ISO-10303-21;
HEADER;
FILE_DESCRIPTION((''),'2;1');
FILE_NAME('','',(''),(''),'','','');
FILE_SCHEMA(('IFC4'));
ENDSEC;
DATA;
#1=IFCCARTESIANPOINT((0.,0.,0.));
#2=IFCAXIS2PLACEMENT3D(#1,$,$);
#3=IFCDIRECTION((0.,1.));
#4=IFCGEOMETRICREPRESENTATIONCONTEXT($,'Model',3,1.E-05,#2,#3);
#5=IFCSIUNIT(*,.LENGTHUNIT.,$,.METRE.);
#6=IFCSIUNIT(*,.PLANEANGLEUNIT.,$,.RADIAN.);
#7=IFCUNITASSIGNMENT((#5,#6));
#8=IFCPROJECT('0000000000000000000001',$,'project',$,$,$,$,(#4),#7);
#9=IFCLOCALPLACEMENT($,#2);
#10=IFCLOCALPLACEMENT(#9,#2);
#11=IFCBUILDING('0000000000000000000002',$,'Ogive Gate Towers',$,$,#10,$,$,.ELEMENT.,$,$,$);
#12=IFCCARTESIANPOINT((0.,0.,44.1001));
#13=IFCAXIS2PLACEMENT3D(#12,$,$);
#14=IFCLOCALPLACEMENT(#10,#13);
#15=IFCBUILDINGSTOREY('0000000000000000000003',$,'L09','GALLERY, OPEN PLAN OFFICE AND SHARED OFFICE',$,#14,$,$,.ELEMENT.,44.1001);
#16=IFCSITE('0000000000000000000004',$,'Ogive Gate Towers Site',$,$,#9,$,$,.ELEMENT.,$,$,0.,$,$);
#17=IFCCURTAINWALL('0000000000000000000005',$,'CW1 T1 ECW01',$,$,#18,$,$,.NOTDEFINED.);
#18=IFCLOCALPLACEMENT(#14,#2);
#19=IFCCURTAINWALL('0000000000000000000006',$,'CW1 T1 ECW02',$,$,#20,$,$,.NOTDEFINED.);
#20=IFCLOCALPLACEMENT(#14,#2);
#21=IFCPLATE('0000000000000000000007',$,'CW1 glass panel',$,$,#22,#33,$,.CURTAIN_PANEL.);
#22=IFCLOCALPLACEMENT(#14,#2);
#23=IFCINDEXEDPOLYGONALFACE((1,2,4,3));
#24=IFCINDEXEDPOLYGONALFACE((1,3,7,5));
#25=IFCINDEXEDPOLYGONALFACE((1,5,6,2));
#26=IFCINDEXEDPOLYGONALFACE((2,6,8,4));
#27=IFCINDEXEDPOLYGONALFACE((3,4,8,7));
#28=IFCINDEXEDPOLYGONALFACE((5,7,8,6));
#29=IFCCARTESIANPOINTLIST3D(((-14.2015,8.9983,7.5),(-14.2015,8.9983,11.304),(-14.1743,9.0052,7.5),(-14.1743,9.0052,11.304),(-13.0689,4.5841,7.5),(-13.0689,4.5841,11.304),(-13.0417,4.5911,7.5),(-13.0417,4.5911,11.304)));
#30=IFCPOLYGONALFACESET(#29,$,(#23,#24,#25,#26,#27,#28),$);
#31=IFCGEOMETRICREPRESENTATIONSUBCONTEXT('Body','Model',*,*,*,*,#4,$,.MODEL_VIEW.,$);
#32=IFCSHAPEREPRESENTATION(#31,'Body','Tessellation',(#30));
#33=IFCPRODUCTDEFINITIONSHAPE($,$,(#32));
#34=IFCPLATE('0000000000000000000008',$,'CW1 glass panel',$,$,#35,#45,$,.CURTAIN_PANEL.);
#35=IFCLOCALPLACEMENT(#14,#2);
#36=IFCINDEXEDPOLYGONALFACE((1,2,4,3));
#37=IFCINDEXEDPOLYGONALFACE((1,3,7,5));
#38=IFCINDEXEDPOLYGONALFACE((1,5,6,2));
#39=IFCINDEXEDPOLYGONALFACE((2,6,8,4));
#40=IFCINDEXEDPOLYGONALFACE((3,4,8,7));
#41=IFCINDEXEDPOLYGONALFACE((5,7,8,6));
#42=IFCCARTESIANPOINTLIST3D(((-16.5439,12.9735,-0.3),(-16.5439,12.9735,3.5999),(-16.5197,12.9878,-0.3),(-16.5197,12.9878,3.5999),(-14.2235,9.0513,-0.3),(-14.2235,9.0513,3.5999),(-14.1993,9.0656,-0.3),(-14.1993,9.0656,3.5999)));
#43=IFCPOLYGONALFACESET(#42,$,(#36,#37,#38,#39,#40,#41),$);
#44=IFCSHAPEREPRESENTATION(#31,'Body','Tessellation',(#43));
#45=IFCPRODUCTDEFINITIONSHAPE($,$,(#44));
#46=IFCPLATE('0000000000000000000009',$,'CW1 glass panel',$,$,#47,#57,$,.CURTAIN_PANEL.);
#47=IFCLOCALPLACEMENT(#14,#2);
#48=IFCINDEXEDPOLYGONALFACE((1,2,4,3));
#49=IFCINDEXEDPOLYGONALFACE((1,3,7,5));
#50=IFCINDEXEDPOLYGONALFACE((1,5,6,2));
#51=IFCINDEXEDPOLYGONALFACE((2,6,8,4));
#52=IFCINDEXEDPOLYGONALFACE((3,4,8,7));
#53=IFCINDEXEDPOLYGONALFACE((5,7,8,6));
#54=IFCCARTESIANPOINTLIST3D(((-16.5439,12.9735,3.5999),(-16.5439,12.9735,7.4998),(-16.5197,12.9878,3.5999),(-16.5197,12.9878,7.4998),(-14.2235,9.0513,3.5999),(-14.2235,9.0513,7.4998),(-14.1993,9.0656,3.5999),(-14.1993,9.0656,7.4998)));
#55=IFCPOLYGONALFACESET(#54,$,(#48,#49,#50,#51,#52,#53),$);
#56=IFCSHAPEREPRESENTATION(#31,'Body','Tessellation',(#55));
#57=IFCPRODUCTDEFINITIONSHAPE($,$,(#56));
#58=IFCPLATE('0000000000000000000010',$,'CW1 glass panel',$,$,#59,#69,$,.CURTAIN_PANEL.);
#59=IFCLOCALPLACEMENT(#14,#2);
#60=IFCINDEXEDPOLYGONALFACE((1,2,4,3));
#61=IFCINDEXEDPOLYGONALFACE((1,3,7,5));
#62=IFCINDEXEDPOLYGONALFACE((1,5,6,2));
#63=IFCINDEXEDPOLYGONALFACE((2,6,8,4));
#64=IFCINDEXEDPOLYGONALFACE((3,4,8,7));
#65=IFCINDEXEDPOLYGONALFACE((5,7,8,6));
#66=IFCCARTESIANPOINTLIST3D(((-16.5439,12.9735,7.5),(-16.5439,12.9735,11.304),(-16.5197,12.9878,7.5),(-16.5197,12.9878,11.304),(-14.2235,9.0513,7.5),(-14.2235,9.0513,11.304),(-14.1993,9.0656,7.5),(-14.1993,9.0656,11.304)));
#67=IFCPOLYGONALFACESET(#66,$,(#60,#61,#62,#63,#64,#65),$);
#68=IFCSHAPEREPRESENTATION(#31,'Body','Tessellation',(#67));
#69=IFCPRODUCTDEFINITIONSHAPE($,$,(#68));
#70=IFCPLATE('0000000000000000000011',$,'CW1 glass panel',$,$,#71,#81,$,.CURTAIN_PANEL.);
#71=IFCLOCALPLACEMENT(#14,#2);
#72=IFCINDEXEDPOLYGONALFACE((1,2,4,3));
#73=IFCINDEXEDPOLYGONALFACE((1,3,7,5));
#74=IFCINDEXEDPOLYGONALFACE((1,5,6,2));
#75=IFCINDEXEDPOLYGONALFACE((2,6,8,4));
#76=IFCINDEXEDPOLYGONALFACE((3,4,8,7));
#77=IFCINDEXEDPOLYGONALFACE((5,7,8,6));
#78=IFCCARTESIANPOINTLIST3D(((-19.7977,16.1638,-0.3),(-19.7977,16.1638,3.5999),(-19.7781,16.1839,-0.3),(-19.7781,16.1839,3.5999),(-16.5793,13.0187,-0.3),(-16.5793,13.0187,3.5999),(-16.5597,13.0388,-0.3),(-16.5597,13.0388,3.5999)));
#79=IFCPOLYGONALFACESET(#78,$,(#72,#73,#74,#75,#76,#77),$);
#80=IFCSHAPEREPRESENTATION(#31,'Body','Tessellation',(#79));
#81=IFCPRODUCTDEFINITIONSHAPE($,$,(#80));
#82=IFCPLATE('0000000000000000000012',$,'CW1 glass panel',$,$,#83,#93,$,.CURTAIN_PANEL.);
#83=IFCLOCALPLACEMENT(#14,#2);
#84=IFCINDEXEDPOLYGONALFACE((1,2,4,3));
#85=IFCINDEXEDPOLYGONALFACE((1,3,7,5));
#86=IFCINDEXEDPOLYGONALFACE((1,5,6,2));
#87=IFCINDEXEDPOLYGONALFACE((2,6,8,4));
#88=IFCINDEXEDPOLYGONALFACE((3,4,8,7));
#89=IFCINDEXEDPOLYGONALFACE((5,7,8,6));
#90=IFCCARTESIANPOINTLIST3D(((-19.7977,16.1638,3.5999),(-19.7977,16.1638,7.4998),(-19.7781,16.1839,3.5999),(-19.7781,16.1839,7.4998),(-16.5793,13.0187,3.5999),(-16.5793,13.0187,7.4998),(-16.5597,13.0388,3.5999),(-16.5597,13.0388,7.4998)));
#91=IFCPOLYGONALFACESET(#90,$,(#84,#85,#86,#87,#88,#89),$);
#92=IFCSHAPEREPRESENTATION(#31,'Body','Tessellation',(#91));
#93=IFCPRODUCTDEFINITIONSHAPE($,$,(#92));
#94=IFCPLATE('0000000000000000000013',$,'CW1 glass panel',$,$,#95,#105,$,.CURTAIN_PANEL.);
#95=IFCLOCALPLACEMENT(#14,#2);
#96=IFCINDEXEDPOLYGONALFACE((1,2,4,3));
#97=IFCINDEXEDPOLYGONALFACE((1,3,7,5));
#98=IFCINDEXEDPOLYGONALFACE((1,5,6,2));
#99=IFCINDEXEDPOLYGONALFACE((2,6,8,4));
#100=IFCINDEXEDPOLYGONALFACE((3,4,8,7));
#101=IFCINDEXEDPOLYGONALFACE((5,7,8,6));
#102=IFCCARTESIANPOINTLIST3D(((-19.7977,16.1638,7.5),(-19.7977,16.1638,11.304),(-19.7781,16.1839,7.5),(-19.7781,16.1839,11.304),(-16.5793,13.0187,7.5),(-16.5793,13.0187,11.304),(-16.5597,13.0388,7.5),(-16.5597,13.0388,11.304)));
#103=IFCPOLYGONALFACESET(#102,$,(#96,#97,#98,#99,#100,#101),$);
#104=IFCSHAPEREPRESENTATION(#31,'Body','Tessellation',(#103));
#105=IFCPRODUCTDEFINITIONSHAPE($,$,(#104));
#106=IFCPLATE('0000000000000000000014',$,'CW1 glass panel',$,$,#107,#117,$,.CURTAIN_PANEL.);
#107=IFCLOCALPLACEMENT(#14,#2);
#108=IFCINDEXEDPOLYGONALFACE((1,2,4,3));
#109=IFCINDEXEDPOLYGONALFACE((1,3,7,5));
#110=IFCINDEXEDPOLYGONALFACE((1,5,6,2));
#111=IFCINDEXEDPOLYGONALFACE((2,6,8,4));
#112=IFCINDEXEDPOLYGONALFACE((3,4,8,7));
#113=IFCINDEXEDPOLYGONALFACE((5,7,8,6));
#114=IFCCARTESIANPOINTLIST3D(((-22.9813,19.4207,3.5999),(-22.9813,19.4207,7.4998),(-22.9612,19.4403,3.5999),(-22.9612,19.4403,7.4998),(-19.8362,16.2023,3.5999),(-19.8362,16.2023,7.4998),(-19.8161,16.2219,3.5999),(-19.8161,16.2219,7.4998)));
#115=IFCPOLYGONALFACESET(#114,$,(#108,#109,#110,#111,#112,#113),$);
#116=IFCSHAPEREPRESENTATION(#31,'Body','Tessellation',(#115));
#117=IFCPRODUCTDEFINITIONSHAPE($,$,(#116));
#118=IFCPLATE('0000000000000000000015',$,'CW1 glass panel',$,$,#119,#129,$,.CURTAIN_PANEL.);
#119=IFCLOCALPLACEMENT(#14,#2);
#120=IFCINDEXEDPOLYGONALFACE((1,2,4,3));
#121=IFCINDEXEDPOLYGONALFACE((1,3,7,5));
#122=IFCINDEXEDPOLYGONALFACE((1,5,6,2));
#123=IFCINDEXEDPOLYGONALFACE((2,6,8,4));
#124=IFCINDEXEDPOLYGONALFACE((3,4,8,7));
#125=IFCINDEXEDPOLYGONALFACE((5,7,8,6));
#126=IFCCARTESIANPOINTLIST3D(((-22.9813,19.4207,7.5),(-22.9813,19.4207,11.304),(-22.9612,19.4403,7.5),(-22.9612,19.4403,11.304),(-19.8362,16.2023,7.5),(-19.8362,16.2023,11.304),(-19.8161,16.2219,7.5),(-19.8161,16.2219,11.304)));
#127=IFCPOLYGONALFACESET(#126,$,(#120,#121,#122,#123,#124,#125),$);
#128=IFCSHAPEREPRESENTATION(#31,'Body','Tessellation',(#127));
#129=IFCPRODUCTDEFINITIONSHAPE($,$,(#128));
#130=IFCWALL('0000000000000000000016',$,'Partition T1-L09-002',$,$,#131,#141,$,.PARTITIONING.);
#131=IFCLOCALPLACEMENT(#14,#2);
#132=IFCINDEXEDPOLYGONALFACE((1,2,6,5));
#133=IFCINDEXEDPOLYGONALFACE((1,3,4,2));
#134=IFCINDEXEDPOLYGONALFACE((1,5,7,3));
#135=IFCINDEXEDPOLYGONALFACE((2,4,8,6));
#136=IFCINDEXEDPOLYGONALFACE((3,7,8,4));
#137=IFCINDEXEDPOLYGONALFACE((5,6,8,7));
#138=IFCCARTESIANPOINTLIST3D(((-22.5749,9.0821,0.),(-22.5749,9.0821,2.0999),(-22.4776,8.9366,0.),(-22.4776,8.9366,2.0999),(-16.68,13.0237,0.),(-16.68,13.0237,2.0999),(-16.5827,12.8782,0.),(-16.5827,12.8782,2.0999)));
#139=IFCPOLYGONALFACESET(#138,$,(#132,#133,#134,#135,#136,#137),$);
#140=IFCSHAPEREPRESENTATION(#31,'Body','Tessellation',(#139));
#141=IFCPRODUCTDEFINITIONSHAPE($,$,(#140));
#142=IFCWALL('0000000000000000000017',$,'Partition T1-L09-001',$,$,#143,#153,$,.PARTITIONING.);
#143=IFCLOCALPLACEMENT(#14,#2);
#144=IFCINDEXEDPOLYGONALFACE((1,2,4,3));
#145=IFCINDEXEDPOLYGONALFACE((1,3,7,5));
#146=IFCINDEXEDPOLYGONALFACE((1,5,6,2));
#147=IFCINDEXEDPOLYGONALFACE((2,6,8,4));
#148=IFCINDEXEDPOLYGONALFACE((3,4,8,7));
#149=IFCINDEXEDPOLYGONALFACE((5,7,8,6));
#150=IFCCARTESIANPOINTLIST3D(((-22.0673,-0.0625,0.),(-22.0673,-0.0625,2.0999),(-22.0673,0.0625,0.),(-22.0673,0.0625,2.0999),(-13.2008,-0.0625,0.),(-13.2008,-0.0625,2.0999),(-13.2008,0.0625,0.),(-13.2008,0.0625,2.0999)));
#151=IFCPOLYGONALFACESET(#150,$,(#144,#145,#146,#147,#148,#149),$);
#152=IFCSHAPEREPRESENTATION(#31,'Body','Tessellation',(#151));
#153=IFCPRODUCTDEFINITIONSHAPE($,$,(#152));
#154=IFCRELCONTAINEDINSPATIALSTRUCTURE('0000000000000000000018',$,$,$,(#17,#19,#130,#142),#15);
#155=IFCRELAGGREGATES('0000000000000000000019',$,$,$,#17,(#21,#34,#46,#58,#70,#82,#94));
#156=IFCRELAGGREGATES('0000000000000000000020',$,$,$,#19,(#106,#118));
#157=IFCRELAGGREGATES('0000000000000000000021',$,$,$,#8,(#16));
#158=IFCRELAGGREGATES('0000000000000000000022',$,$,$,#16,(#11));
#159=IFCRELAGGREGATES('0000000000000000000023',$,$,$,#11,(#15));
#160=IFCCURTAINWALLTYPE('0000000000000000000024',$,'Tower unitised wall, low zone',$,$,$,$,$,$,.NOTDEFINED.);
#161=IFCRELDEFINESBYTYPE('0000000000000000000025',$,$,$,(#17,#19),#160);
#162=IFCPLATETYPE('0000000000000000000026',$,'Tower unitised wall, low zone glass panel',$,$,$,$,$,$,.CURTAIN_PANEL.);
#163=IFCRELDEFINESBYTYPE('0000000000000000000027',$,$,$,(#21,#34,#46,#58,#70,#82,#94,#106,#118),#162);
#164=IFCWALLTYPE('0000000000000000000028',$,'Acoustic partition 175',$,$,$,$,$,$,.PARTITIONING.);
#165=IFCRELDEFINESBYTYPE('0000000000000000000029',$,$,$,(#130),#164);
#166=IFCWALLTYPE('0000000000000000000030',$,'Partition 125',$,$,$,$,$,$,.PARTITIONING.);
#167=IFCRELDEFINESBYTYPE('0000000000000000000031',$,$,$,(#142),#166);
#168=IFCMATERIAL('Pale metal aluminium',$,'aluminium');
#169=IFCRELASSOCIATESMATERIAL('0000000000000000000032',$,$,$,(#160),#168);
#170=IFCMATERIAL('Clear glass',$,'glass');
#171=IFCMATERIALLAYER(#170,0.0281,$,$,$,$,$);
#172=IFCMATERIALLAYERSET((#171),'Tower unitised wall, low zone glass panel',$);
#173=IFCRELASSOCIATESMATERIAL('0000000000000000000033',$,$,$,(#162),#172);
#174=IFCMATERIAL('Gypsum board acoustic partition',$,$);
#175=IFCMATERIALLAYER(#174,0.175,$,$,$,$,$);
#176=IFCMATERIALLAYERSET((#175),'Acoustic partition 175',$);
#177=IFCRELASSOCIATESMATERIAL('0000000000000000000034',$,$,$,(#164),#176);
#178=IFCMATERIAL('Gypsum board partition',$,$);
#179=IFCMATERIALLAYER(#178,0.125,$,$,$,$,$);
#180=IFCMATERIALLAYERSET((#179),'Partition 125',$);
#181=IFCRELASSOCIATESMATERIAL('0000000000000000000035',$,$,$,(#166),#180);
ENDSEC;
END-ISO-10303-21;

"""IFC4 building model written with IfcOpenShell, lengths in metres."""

from ifc_helpers import new_model, si_unit, direction, frame, frame_2d, origin, origin_2d, place, context, subcontext, project, spatial, rectangle, extrude, material, layer, layer_set, type_object, element, aggregate, save


model = new_model("IFC4")

# Units and contexts
model_context = context("Model", 3, precision=1e-05, world=origin(), true_north=direction((0.0, 1.0)))
body_context = subcontext(model_context, "Body", "Model", "MODEL_VIEW")
ifc_project = project(units=[si_unit("LENGTHUNIT", "METRE"), si_unit("PLANEANGLEUNIT", "RADIAN")], contexts=[model_context])

# Site, building, storey
site_placement = place(None, origin())
site = spatial("IfcSite", under=ifc_project, at=site_placement, Name="Ogive Gate Towers Site", CompositionType="ELEMENT", RefElevation=0.0)
building_placement = place(site_placement, origin())
building = spatial("IfcBuilding", under=site, at=building_placement, Name="Ogive Gate Towers", CompositionType="ELEMENT")
storey_placement = place(building_placement, frame((0.0, 0.0, 44.1001)))
storey = spatial("IfcBuildingStorey", under=building, at=storey_placement, Name="L09", Description="GALLERY, OPEN PLAN OFFICE AND SHARED OFFICE", CompositionType="ELEMENT", Elevation=44.1001)

# Curtain wall
ifc_material_1 = material(Name="Pale metal aluminium", Category="aluminium")
curtain_wall_type = type_object("IfcCurtainWallType", Name="Tower unitised wall, low zone", PredefinedType="NOTDEFINED", material=ifc_material_1)
curtain_wall_1_placement = place(storey_placement, origin())
curtain_wall_1 = element("IfcCurtainWall", 1, at=curtain_wall_1_placement, inside=storey, type_object=curtain_wall_type, Name="CW1 T1 ECW01", PredefinedType="NOTDEFINED")

# Curtain wall
curtain_wall_2_placement = place(storey_placement, origin())
curtain_wall_2 = element("IfcCurtainWall", 2, at=curtain_wall_2_placement, inside=storey, type_object=curtain_wall_type, Name="CW1 T1 ECW02", PredefinedType="NOTDEFINED")

# Plates
ifc_material_2 = material(Name="Clear glass", Category="glass")
ifc_layer_1 = layer(ifc_material_2, 0.0281)
ifc_layer_set_1 = layer_set([ifc_layer_1], Name="Tower unitised wall, low zone glass panel")
plate_type = type_object("IfcPlateType", Name="Tower unitised wall, low zone glass panel", PredefinedType="CURTAIN_PANEL", material=ifc_layer_set_1)
plate_1_placement = place(storey_placement, frame((-13.6216, 6.7947, 7.5), z_axis=(0.0, 0.0, 1.0), x_axis=(-0.248521, 0.968627, 0.0)))
plate_1 = element("IfcPlate", 3, at=plate_1_placement, type_object=plate_type, Name="CW1 glass panel", PredefinedType="CURTAIN_PANEL", context=body_context, shape_type="SweptSolid", body=[
    extrude(rectangle(XDim=4.5571, YDim=0.0281, at=origin_2d()), origin(), (0.0, 0.0, 1.0), 3.804),
])
plate_2_placement = place(storey_placement, frame((-15.3716, 11.0195, -0.3), z_axis=(0.0, 0.0, 1.0), x_axis=(-0.509177, 0.860662, 0.0)))
plate_2 = element("IfcPlate", 4, at=plate_2_placement, type_object=plate_type, Name="CW1 glass panel", PredefinedType="CURTAIN_PANEL", context=body_context, shape_type="SweptSolid", body=[
    extrude(rectangle(XDim=4.5571, YDim=0.0281, at=origin_2d()), origin(), (0.0, 0.0, 1.0), 3.8999),
])
plate_3_placement = place(storey_placement, frame((-15.3716, 11.0195, 3.5999), z_axis=(0.0, 0.0, 1.0), x_axis=(-0.509177, 0.860662, 0.0)))
plate_3 = element("IfcPlate", 5, at=plate_3_placement, type_object=plate_type, Name="CW1 glass panel", PredefinedType="CURTAIN_PANEL", context=body_context, shape_type="SweptSolid", body=[
    extrude(rectangle(XDim=4.5571, YDim=0.0281, at=origin_2d()), origin(), (0.0, 0.0, 1.0), 3.8999),
])
plate_4_placement = place(storey_placement, frame((-15.3716, 11.0195, 7.5), z_axis=(0.0, 0.0, 1.0), x_axis=(-0.509177, 0.860662, 0.0)))
plate_4 = element("IfcPlate", 6, at=plate_4_placement, type_object=plate_type, Name="CW1 glass panel", PredefinedType="CURTAIN_PANEL", context=body_context, shape_type="SweptSolid", body=[
    extrude(rectangle(XDim=4.5571, YDim=0.0281, at=origin_2d()), origin(), (0.0, 0.0, 1.0), 3.804),
])
plate_5_placement = place(storey_placement, frame((-18.1787, 14.6013, -0.3), z_axis=(0.0, 0.0, 1.0), x_axis=(-0.715205, 0.698915, 0.0)))
plate_5 = element("IfcPlate", 7, at=plate_5_placement, type_object=plate_type, Name="CW1 glass panel", PredefinedType="CURTAIN_PANEL", context=body_context, shape_type="SweptSolid", body=[
    extrude(rectangle(XDim=4.5, YDim=0.0281, at=origin_2d()), origin(), (0.0, 0.0, 1.0), 3.8999),
])
plate_6_placement = place(storey_placement, frame((-18.1787, 14.6013, 3.5999), z_axis=(0.0, 0.0, 1.0), x_axis=(-0.715205, 0.698915, 0.0)))
plate_6 = element("IfcPlate", 8, at=plate_6_placement, type_object=plate_type, Name="CW1 glass panel", PredefinedType="CURTAIN_PANEL", context=body_context, shape_type="SweptSolid", body=[
    extrude(rectangle(XDim=4.5, YDim=0.0281, at=origin_2d()), origin(), (0.0, 0.0, 1.0), 3.8999),
])
plate_7_placement = place(storey_placement, frame((-18.1787, 14.6013, 7.5), z_axis=(0.0, 0.0, 1.0), x_axis=(-0.715205, 0.698915, 0.0)))
plate_7 = element("IfcPlate", 9, at=plate_7_placement, type_object=plate_type, Name="CW1 glass panel", PredefinedType="CURTAIN_PANEL", context=body_context, shape_type="SweptSolid", body=[
    extrude(rectangle(XDim=4.5, YDim=0.0281, at=origin_2d()), origin(), (0.0, 0.0, 1.0), 3.804),
])
aggregate(curtain_wall_1, [plate_1, plate_2, plate_3, plate_4, plate_5, plate_6, plate_7])
plate_8_placement = place(storey_placement, frame((-21.3987, 17.8213, 3.5999), z_axis=(0.0, 0.0, 1.0), x_axis=(-0.698915, 0.715205, 0.0)))
plate_8 = element("IfcPlate", 10, at=plate_8_placement, type_object=plate_type, Name="CW1 glass panel", PredefinedType="CURTAIN_PANEL", context=body_context, shape_type="SweptSolid", body=[
    extrude(rectangle(XDim=4.5, YDim=0.0281, at=origin_2d()), origin(), (0.0, 0.0, 1.0), 3.8999),
])
plate_9_placement = place(storey_placement, frame((-21.3987, 17.8213, 7.5), z_axis=(0.0, 0.0, 1.0), x_axis=(-0.698915, 0.715205, 0.0)))
plate_9 = element("IfcPlate", 11, at=plate_9_placement, type_object=plate_type, Name="CW1 glass panel", PredefinedType="CURTAIN_PANEL", context=body_context, shape_type="SweptSolid", body=[
    extrude(rectangle(XDim=4.5, YDim=0.0281, at=origin_2d()), origin(), (0.0, 0.0, 1.0), 3.804),
])
aggregate(curtain_wall_2, [plate_8, plate_9])

# Walls
ifc_material_3 = material(Name="Gypsum board acoustic partition")
ifc_layer_2 = layer(ifc_material_3, 0.175)
ifc_layer_set_2 = layer_set([ifc_layer_2], Name="Acoustic partition 175")
wall_type_1 = type_object("IfcWallType", Name="Acoustic partition 175", PredefinedType="PARTITIONING", material=ifc_layer_set_2)
wall_1_placement = place(storey_placement, frame((-16.6313, 12.9509, 0.0), z_axis=(0.0, 0.0, 1.0), x_axis=(-0.831292, -0.555836, 0.0)))
element("IfcWall", 12, at=wall_1_placement, inside=storey, type_object=wall_type_1, Name="Partition T1-L09-002", PredefinedType="PARTITIONING", context=body_context, shape_type="SweptSolid", body=[
    extrude(rectangle(XDim=7.0913, YDim=0.175, at=frame_2d((3.5457, 0.0))), origin(), (0.0, 0.0, 1.0), 2.0999),
])
ifc_material_4 = material(Name="Gypsum board partition")
ifc_layer_3 = layer(ifc_material_4, 0.125)
ifc_layer_set_3 = layer_set([ifc_layer_3], Name="Partition 125")
wall_type_2 = type_object("IfcWallType", Name="Partition 125", PredefinedType="PARTITIONING", material=ifc_layer_set_3)
wall_2_placement = place(storey_placement, frame((-13.2009, 0.0, 0.0), z_axis=(0.0, 0.0, 1.0), x_axis=(-1.0, 0.0, 0.0)))
element("IfcWall", 13, at=wall_2_placement, inside=storey, type_object=wall_type_2, Name="Partition T1-L09-001", PredefinedType="PARTITIONING", context=body_context, shape_type="SweptSolid", body=[
    extrude(rectangle(XDim=8.8665, YDim=0.125, at=frame_2d((4.4331, 0.0))), origin(), (0.0, 0.0, 1.0), 2.0999),
])

save(model, "model.ifc")
